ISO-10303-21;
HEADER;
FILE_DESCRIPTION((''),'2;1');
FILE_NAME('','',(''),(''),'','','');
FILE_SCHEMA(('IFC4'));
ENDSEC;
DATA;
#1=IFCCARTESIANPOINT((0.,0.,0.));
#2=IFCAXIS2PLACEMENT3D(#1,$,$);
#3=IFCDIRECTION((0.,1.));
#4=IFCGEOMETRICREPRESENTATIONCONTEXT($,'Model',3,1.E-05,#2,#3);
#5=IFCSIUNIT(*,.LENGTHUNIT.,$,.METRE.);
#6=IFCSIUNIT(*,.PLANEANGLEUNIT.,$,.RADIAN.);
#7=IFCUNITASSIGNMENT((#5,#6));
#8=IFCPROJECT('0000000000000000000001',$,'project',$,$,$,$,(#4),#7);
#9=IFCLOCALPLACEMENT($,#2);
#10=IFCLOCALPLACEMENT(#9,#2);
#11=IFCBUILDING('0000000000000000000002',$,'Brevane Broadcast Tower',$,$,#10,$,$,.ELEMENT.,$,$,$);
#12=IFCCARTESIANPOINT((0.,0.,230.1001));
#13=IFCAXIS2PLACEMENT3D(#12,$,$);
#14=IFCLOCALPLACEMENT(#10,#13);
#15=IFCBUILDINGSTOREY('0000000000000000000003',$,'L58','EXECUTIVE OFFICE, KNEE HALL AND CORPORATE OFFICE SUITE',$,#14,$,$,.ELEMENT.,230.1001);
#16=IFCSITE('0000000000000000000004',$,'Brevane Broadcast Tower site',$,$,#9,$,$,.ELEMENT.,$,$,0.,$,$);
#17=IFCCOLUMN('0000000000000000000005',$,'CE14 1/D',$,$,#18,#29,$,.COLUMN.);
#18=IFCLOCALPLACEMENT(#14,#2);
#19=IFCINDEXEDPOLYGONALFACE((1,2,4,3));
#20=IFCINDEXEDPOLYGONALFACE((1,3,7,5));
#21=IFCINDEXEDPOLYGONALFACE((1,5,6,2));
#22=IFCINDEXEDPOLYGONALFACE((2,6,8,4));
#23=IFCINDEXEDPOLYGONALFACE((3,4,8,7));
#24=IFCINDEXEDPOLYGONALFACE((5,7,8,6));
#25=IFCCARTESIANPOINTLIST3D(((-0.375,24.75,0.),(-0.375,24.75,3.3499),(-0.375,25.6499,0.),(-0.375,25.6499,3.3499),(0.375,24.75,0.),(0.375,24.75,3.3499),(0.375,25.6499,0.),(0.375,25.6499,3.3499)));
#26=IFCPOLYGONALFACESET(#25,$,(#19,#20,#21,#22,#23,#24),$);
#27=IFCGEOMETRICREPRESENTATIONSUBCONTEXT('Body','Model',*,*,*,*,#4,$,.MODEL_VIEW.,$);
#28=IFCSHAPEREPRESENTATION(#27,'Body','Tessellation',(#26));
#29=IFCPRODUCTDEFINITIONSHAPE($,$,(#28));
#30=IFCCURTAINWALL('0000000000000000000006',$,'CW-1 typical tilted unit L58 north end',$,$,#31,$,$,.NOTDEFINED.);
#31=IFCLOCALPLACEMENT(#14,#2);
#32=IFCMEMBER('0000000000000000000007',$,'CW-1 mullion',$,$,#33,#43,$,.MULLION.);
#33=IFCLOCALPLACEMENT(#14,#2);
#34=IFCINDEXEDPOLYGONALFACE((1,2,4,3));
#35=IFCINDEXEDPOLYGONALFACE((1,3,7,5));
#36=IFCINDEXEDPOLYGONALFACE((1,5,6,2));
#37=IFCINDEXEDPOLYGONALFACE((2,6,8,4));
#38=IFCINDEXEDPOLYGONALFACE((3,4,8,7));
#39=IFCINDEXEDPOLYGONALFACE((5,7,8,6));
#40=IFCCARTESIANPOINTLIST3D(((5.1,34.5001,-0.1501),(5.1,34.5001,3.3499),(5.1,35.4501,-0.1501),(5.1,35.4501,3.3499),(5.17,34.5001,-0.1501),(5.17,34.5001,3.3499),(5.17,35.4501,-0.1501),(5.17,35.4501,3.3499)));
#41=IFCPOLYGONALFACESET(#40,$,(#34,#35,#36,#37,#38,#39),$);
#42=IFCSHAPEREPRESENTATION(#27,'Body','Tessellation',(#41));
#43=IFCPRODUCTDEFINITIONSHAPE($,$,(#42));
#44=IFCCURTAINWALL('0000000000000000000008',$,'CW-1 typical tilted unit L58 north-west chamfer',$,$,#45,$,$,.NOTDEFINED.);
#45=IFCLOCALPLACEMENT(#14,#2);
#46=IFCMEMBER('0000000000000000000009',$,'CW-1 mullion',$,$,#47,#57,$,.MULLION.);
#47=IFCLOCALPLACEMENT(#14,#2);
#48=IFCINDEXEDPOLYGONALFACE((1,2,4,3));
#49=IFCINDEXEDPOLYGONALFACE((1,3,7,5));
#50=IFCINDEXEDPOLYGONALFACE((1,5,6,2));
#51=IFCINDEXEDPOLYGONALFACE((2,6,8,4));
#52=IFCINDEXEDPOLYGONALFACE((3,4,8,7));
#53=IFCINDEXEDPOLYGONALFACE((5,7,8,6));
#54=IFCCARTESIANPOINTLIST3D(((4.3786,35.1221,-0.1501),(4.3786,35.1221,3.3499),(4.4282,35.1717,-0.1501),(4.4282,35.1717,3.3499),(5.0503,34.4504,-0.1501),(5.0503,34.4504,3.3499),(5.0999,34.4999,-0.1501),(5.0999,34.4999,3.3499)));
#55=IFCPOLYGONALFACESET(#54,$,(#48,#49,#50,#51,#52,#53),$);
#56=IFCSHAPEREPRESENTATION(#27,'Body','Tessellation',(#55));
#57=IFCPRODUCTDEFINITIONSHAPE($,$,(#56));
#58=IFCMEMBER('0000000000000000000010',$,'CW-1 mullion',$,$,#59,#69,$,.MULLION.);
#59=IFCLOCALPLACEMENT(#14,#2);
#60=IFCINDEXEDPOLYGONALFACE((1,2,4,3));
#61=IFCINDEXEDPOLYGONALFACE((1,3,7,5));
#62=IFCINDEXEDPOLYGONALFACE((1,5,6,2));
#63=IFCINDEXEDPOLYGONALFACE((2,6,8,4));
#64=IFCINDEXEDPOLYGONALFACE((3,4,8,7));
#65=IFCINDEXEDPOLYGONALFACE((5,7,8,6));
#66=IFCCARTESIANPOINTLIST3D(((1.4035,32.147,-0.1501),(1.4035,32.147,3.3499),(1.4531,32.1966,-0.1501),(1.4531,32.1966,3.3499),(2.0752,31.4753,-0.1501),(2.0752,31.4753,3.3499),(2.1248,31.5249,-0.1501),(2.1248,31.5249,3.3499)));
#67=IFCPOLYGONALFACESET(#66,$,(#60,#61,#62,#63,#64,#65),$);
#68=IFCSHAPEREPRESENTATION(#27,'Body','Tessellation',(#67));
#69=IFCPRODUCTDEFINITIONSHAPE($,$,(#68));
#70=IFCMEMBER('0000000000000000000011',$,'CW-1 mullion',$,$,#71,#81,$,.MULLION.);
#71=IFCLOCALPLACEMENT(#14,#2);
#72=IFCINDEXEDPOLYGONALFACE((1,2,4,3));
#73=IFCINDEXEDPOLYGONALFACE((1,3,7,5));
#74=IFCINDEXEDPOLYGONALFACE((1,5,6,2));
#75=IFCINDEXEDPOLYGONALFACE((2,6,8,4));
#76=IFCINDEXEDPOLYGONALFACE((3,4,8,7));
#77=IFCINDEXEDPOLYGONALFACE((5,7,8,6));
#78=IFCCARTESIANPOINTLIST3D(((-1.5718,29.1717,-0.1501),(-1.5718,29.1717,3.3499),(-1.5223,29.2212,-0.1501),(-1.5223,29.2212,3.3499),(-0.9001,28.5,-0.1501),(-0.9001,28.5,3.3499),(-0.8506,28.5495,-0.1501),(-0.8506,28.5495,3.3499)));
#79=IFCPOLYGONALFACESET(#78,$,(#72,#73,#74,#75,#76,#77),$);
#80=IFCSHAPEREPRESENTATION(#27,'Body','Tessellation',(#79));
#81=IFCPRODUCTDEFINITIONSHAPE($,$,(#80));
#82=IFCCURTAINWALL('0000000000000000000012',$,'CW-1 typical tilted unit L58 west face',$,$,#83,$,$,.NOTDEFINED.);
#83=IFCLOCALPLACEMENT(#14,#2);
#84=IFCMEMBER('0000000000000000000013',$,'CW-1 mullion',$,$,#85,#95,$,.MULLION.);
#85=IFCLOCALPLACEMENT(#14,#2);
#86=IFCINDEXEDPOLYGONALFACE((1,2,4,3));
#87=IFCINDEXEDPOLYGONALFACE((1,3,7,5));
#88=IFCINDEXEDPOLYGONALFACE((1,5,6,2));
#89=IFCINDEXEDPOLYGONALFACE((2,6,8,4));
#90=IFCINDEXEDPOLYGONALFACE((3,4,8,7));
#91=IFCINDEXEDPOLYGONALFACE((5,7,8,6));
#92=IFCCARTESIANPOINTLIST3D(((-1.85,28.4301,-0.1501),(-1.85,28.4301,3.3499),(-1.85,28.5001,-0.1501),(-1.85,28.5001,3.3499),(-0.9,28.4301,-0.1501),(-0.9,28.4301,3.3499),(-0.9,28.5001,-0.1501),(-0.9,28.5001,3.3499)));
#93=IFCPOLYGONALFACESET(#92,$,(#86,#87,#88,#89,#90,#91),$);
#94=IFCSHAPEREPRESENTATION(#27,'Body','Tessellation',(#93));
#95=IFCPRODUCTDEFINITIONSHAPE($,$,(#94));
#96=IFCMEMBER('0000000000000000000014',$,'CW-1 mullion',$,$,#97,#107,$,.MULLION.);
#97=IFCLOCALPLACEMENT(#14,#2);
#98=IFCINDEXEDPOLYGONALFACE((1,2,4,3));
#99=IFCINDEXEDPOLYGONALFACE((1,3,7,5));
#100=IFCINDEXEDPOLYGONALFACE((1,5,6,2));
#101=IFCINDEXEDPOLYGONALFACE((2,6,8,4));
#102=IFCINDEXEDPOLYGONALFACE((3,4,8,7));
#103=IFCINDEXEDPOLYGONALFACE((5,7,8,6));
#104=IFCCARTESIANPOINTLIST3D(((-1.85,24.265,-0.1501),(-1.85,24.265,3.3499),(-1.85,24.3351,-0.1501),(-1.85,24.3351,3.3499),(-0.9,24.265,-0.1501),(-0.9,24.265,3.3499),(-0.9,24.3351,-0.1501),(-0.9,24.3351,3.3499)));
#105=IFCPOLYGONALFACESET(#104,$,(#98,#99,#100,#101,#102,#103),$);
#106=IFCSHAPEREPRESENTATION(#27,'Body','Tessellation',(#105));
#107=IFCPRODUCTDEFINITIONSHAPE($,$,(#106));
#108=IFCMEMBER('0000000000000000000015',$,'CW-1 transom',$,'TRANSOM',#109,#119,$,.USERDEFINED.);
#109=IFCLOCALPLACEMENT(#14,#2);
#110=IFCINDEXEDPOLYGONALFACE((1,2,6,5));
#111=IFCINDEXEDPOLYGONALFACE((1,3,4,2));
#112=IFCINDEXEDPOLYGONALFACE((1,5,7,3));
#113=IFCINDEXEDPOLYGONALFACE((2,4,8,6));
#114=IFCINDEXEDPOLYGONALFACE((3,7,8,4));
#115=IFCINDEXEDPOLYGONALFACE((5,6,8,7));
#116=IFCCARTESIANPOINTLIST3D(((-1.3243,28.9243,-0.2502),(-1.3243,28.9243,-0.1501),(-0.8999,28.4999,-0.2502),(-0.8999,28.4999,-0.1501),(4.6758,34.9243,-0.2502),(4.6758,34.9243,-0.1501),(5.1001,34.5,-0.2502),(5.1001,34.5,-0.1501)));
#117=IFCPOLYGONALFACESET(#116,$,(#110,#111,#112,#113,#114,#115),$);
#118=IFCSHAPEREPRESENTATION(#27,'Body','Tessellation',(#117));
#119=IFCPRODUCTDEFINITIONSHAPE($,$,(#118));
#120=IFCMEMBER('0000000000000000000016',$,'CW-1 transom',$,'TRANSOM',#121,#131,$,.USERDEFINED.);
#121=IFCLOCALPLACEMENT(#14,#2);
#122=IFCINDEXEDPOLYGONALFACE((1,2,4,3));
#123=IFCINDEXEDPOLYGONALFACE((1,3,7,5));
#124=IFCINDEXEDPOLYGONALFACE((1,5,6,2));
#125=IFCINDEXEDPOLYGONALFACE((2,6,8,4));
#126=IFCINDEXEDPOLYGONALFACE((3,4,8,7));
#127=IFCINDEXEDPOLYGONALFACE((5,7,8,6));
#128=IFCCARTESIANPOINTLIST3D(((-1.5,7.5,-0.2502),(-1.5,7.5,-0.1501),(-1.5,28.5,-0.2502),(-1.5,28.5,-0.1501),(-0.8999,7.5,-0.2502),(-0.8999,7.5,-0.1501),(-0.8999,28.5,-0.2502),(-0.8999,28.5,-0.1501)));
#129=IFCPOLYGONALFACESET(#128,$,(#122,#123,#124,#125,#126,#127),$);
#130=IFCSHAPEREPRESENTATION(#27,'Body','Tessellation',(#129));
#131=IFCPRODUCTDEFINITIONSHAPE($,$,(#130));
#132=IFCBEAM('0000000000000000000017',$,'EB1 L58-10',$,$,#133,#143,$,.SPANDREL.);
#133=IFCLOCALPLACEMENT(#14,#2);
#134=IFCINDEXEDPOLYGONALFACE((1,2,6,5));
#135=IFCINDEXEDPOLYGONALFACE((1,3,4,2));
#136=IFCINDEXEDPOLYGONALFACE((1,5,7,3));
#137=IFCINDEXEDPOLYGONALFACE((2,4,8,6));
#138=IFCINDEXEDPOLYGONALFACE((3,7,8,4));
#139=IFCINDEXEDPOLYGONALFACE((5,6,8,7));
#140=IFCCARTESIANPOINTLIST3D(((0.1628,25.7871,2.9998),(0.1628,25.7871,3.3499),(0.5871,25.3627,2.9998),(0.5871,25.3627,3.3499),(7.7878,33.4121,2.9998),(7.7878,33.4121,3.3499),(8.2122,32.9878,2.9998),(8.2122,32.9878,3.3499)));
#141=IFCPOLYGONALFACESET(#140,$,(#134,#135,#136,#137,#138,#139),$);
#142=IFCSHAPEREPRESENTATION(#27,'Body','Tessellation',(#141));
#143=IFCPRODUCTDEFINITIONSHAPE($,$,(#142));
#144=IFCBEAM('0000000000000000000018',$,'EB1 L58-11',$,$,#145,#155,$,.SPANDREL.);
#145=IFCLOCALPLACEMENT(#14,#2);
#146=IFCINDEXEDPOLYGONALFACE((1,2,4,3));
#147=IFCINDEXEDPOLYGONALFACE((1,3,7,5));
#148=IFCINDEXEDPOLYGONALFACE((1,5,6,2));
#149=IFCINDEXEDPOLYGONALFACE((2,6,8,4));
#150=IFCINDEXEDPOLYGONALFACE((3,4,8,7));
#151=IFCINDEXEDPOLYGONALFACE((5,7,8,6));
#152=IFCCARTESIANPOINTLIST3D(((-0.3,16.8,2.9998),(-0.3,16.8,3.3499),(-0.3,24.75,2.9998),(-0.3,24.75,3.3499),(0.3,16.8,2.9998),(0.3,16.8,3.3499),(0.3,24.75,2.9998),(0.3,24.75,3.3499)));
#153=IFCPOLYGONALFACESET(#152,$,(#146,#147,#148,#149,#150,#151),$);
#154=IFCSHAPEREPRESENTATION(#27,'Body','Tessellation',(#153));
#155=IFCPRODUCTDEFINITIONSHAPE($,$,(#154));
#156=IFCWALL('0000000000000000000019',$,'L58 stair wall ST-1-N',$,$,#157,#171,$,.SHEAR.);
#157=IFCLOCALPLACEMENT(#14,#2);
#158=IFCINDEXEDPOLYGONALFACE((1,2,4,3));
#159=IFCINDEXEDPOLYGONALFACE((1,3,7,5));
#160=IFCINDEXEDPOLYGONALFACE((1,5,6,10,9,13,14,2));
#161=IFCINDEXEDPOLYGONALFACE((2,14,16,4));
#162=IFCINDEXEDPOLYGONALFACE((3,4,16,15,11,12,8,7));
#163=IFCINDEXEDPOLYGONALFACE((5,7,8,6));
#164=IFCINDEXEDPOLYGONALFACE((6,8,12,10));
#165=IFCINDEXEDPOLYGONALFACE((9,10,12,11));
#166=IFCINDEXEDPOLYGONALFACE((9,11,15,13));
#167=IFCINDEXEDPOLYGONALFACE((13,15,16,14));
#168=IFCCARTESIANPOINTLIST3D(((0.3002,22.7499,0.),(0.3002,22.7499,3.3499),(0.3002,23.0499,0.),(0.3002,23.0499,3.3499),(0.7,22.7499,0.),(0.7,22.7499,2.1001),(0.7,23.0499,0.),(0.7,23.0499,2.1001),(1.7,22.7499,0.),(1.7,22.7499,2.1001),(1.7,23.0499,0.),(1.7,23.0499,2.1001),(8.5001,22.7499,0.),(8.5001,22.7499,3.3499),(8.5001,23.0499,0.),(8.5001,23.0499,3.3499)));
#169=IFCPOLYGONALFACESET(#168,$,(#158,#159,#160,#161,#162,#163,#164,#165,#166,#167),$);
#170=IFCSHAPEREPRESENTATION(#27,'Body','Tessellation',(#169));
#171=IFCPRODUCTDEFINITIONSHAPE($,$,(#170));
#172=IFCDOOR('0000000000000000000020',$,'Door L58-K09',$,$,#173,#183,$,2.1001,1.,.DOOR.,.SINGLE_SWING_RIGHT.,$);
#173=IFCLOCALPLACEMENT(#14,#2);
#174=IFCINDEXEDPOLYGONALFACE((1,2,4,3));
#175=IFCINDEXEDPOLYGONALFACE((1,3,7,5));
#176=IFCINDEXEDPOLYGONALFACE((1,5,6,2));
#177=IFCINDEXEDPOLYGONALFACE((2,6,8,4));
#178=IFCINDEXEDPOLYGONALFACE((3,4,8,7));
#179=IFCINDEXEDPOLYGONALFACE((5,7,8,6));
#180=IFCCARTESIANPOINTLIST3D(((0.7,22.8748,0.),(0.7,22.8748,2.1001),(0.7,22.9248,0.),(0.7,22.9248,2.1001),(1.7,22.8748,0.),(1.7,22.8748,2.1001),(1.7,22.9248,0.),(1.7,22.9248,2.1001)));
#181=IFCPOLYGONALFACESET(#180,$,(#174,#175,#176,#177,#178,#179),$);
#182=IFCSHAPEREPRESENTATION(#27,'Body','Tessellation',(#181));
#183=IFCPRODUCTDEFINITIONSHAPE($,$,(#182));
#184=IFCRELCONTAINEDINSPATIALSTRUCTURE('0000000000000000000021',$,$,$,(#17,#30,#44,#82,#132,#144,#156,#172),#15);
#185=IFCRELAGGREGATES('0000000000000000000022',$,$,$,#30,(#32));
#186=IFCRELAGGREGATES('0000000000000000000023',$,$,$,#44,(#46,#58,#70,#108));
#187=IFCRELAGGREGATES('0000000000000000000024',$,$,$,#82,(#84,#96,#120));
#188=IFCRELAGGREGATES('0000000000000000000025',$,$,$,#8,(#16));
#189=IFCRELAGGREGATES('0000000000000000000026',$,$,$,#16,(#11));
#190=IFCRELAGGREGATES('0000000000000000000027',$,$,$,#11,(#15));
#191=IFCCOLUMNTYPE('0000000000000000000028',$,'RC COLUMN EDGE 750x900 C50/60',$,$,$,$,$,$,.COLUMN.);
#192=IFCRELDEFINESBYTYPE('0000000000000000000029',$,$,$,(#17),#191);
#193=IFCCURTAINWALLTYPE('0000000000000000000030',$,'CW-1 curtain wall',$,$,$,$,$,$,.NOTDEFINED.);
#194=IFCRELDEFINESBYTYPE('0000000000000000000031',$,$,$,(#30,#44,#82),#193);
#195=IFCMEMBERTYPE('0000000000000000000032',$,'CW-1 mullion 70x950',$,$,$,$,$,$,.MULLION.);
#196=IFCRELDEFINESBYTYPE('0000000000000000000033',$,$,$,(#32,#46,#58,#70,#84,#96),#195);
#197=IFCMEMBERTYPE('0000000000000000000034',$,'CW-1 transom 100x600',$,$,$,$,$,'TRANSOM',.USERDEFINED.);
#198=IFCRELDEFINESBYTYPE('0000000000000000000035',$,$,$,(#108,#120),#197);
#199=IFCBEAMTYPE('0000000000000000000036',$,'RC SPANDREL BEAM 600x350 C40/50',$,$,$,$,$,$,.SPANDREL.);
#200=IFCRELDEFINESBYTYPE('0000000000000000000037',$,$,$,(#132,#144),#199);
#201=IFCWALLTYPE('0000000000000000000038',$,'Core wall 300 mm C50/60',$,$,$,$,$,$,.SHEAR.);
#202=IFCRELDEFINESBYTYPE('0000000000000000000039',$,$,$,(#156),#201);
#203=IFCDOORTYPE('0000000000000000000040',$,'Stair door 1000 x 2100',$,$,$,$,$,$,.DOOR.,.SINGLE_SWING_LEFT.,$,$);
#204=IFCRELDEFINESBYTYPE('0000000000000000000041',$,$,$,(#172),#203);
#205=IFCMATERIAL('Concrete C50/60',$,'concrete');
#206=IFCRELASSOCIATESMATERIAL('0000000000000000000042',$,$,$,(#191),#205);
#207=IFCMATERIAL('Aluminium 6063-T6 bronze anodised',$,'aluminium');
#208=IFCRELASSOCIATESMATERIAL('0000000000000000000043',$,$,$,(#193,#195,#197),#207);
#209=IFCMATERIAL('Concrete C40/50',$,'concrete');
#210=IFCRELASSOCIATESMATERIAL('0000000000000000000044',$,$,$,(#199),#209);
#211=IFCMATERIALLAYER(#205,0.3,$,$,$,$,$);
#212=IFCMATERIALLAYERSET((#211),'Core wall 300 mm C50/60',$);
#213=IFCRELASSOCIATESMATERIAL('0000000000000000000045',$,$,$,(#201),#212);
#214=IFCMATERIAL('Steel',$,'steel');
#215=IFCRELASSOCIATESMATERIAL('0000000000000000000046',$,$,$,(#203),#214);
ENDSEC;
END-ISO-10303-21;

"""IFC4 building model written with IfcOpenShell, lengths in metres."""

from ifc_helpers import new_model, si_unit, direction, frame, frame_2d, origin, origin_2d, place, context, subcontext, project, spatial, rectangle, extrude, material, layer, layer_set, material_profile, profile_set, type_object, element, fill, aggregate, save


model = new_model("IFC4")

# Units and contexts
model_context = context("Model", 3, precision=1e-05, world=origin(), true_north=direction((0.0, 1.0)))
body_context = subcontext(model_context, "Body", "Model", "MODEL_VIEW")
ifc_project = project(units=[si_unit("LENGTHUNIT", "METRE"), si_unit("PLANEANGLEUNIT", "RADIAN")], contexts=[model_context])

# Site, building, storey
site_placement = place(None, origin())
site = spatial("IfcSite", under=ifc_project, at=site_placement, Name="Brevane Broadcast Tower site", CompositionType="ELEMENT", RefElevation=0.0)
building_placement = place(site_placement, origin())
building = spatial("IfcBuilding", under=site, at=building_placement, Name="Brevane Broadcast Tower", CompositionType="ELEMENT")
storey_placement = place(building_placement, frame((0.0, 0.0, 230.1001)))
storey = spatial("IfcBuildingStorey", under=building, at=storey_placement, Name="L58", Description="EXECUTIVE OFFICE, KNEE HALL AND CORPORATE OFFICE SUITE", CompositionType="ELEMENT", Elevation=230.1001)

# Column
ifc_material_1 = material(Name="Concrete C50/60", Category="concrete")
ifc_material_profile_1 = material_profile(ifc_material_1, rectangle(XDim=0.75, YDim=0.8999, at=origin_2d()), Name="RC 750x900")
ifc_profile_set_1 = profile_set([ifc_material_profile_1], Name="Concrete C50/60")
column_type = type_object("IfcColumnType", Name="RC COLUMN EDGE 750x900 C50/60", PredefinedType="COLUMN", material=ifc_profile_set_1)
column_placement = place(storey_placement, frame((0.0, 25.2, 0.0), z_axis=(0.0, 0.0, 1.0), x_axis=(1.0, 0.0, 0.0)))
element("IfcColumn", 1, at=column_placement, inside=storey, type_object=column_type, Name="CE14 1/D", PredefinedType="COLUMN", context=body_context, shape_type="SweptSolid", body=[
    extrude(rectangle(XDim=0.75, YDim=0.8999, at=origin_2d()), origin(), (0.0, 0.0, 1.0), 3.3499),
])

# Curtain wall, member
ifc_material_2 = material(Name="Aluminium 6063-T6 bronze anodised", Category="aluminium")
curtain_wall_type = type_object("IfcCurtainWallType", Name="CW-1 curtain wall", PredefinedType="NOTDEFINED", material=ifc_material_2)
curtain_wall_1_placement = place(storey_placement, origin())
curtain_wall_1 = element("IfcCurtainWall", 2, at=curtain_wall_1_placement, inside=storey, type_object=curtain_wall_type, Name="CW-1 typical tilted unit L58 north end", PredefinedType="NOTDEFINED")
ifc_material_profile_2 = material_profile(ifc_material_2, rectangle(XDim=0.95, YDim=0.0701, at=origin_2d()), Name="RECT 70x950")
ifc_profile_set_2 = profile_set([ifc_material_profile_2], Name="Aluminium 6063-T6 bronze anodised")
member_type_1 = type_object("IfcMemberType", Name="CW-1 mullion 70x950", PredefinedType="MULLION", material=ifc_profile_set_2)
member_1_placement = place(storey_placement, frame((5.135, 34.9751, -0.1501), z_axis=(0.0, 0.0, 1.0), x_axis=(0.0, -1.0, 0.0)))
member_1 = element("IfcMember", 3, at=member_1_placement, type_object=member_type_1, Name="CW-1 mullion", PredefinedType="MULLION", context=body_context, shape_type="SweptSolid", body=[
    extrude(rectangle(XDim=0.95, YDim=0.0701, at=origin_2d()), origin(), (0.0, 0.0, 1.0), 3.5),
])
aggregate(curtain_wall_1, [member_1])

# Curtain walls, members
curtain_wall_2_placement = place(storey_placement, origin())
curtain_wall_2 = element("IfcCurtainWall", 4, at=curtain_wall_2_placement, inside=storey, type_object=curtain_wall_type, Name="CW-1 typical tilted unit L58 north-west chamfer", PredefinedType="NOTDEFINED")
member_2_placement = place(storey_placement, frame((4.7393, 34.811, -0.1501), z_axis=(0.0, 0.0, 1.0), x_axis=(0.707107, -0.707107, 0.0)))
member_2 = element("IfcMember", 5, at=member_2_placement, type_object=member_type_1, Name="CW-1 mullion", PredefinedType="MULLION", context=body_context, shape_type="SweptSolid", body=[
    extrude(rectangle(XDim=0.95, YDim=0.0701, at=origin_2d()), origin(), (0.0, 0.0, 1.0), 3.5),
])
member_3_placement = place(storey_placement, frame((1.7642, 31.8359, -0.1501), z_axis=(0.0, 0.0, 1.0), x_axis=(0.707107, -0.707107, 0.0)))
member_3 = element("IfcMember", 6, at=member_3_placement, type_object=member_type_1, Name="CW-1 mullion", PredefinedType="MULLION", context=body_context, shape_type="SweptSolid", body=[
    extrude(rectangle(XDim=0.95, YDim=0.0701, at=origin_2d()), origin(), (0.0, 0.0, 1.0), 3.5),
])
member_4_placement = place(storey_placement, frame((-1.2112, 28.8606, -0.1501), z_axis=(0.0, 0.0, 1.0), x_axis=(0.707107, -0.707107, 0.0)))
member_4 = element("IfcMember", 7, at=member_4_placement, type_object=member_type_1, Name="CW-1 mullion", PredefinedType="MULLION", context=body_context, shape_type="SweptSolid", body=[
    extrude(rectangle(XDim=0.95, YDim=0.0701, at=origin_2d()), origin(), (0.0, 0.0, 1.0), 3.5),
])
curtain_wall_3_placement = place(storey_placement, origin())
curtain_wall_3 = element("IfcCurtainWall", 8, at=curtain_wall_3_placement, inside=storey, type_object=curtain_wall_type, Name="CW-1 typical tilted unit L58 west face", PredefinedType="NOTDEFINED")
member_5_placement = place(storey_placement, frame((-1.375, 28.4651, -0.1501), z_axis=(0.0, 0.0, 1.0), x_axis=(1.0, 0.0, 0.0)))
member_5 = element("IfcMember", 9, at=member_5_placement, type_object=member_type_1, Name="CW-1 mullion", PredefinedType="MULLION", context=body_context, shape_type="SweptSolid", body=[
    extrude(rectangle(XDim=0.95, YDim=0.0701, at=origin_2d()), origin(), (0.0, 0.0, 1.0), 3.5),
])
member_6_placement = place(storey_placement, frame((-1.375, 24.3, -0.1501), z_axis=(0.0, 0.0, 1.0), x_axis=(1.0, 0.0, 0.0)))
member_6 = element("IfcMember", 10, at=member_6_placement, type_object=member_type_1, Name="CW-1 mullion", PredefinedType="MULLION", context=body_context, shape_type="SweptSolid", body=[
    extrude(rectangle(XDim=0.95, YDim=0.0701, at=origin_2d()), origin(), (0.0, 0.0, 1.0), 3.5),
])

# Members
ifc_material_profile_3 = material_profile(ifc_material_2, rectangle(XDim=0.6001, YDim=0.1001, at=origin_2d()), Name="RECT 100x600")
ifc_profile_set_3 = profile_set([ifc_material_profile_3], Name="Aluminium 6063-T6 bronze anodised")
member_type_2 = type_object("IfcMemberType", Name="CW-1 transom 100x600", ElementType="TRANSOM", PredefinedType="USERDEFINED", material=ifc_profile_set_3)
member_7_placement = place(storey_placement, frame((4.8879, 34.7122, -0.2002), z_axis=(-0.707107, -0.707107, 0.0), x_axis=(0.707107, -0.707107, 0.0)))
member_7 = element("IfcMember", 11, at=member_7_placement, type_object=member_type_2, Name="CW-1 transom", ObjectType="TRANSOM", PredefinedType="USERDEFINED", context=body_context, shape_type="SweptSolid", body=[
    extrude(rectangle(XDim=0.6001, YDim=0.1001, at=origin_2d()), origin(), (0.0, 0.0, 1.0), 8.4854),
])
aggregate(curtain_wall_2, [member_2, member_3, member_4, member_7])
member_8_placement = place(storey_placement, frame((-1.2, 28.5, -0.2002), z_axis=(0.0, -1.0, 0.0), x_axis=(1.0, 0.0, 0.0)))
member_8 = element("IfcMember", 12, at=member_8_placement, type_object=member_type_2, Name="CW-1 transom", ObjectType="TRANSOM", PredefinedType="USERDEFINED", context=body_context, shape_type="SweptSolid", body=[
    extrude(rectangle(XDim=0.6001, YDim=0.1001, at=origin_2d()), origin(), (0.0, 0.0, 1.0), 21.0),
])
aggregate(curtain_wall_3, [member_5, member_6, member_8])

# Beams
ifc_material_3 = material(Name="Concrete C40/50", Category="concrete")
ifc_material_profile_4 = material_profile(ifc_material_3, rectangle(XDim=0.6001, YDim=0.3501, at=origin_2d()), Name="RC 600x350")
ifc_profile_set_4 = profile_set([ifc_material_profile_4], Name="Concrete C40/50")
beam_type = type_object("IfcBeamType", Name="RC SPANDREL BEAM 600x350 C40/50", PredefinedType="SPANDREL", material=ifc_profile_set_4)
beam_1_placement = place(storey_placement, frame((8.0, 33.2, 3.1748), z_axis=(-0.707107, -0.707107, 0.0), x_axis=(0.707107, -0.707107, 0.0)))
element("IfcBeam", 13, at=beam_1_placement, inside=storey, type_object=beam_type, Name="EB1 L58-10", PredefinedType="SPANDREL", context=body_context, shape_type="SweptSolid", body=[
    extrude(rectangle(XDim=0.6001, YDim=0.3501, at=origin_2d()), origin(), (0.0, 0.0, 1.0), 10.7834),
])
beam_2_placement = place(storey_placement, frame((0.0, 24.75, 3.1748), z_axis=(0.0, -1.0, 0.0), x_axis=(1.0, 0.0, 0.0)))
element("IfcBeam", 14, at=beam_2_placement, inside=storey, type_object=beam_type, Name="EB1 L58-11", PredefinedType="SPANDREL", context=body_context, shape_type="SweptSolid", body=[
    extrude(rectangle(XDim=0.6001, YDim=0.3501, at=origin_2d()), origin(), (0.0, 0.0, 1.0), 7.95),
])

# Wall, opening, door
ifc_layer_1 = layer(ifc_material_1, 0.3)
ifc_layer_set_1 = layer_set([ifc_layer_1], Name="Core wall 300 mm C50/60")
wall_type_1 = type_object("IfcWallType", Name="Core wall 300 mm C50/60", PredefinedType="SHEAR", material=ifc_layer_set_1)
wall_1_placement = place(storey_placement, frame((0.3, 22.8999, 0.0), z_axis=(0.0, 0.0, 1.0), x_axis=(1.0, 0.0, 0.0)))
wall_1 = element("IfcWall", 15, at=wall_1_placement, inside=storey, type_object=wall_type_1, Name="L58 stair wall ST-1-N", PredefinedType="SHEAR", context=body_context, shape_type="SweptSolid", body=[
    extrude(rectangle(XDim=8.2, YDim=0.3, at=frame_2d((4.1001, 0.0))), origin(), (0.0, 0.0, 1.0), 3.3499),
])
opening_placement = place(wall_1_placement, frame((0.3999, 0.0, 0.0)))
opening = element("IfcOpeningElement", 16, at=opening_placement, cuts=wall_1, PredefinedType="OPENING", context=body_context, shape_type="SweptSolid", body=[
    extrude(rectangle(XDim=1.0, YDim=2.1001, at=frame_2d((0.5, 1.05))), frame((0.0, 0.1599, 0.0), z_axis=(0.0, -1.0, 0.0), x_axis=(1.0, 0.0, 0.0)), (0.0, 0.0, 1.0), 0.3201),
])
ifc_material_4 = material(Name="Steel", Category="steel")
door_type = type_object("IfcDoorType", Name="Stair door 1000 x 2100", OperationType="SINGLE_SWING_LEFT", PredefinedType="DOOR", material=ifc_material_4)
door_placement = place(opening_placement, origin())
door = element("IfcDoor", 17, at=door_placement, inside=storey, type_object=door_type, Name="Door L58-K09", OperationType="SINGLE_SWING_RIGHT", OverallHeight=2.1001, OverallWidth=1.0, PredefinedType="DOOR", context=body_context, shape_type="SweptSolid", body=[
    extrude(rectangle(XDim=1.0, YDim=2.1001, at=frame_2d((0.5, 1.05))), frame((0.0, 0.0249, 0.0), z_axis=(0.0, -1.0, 0.0), x_axis=(1.0, 0.0, 0.0)), (0.0, 0.0, 1.0), 0.05),
])
fill(opening, door)

save(model, "model.ifc")
